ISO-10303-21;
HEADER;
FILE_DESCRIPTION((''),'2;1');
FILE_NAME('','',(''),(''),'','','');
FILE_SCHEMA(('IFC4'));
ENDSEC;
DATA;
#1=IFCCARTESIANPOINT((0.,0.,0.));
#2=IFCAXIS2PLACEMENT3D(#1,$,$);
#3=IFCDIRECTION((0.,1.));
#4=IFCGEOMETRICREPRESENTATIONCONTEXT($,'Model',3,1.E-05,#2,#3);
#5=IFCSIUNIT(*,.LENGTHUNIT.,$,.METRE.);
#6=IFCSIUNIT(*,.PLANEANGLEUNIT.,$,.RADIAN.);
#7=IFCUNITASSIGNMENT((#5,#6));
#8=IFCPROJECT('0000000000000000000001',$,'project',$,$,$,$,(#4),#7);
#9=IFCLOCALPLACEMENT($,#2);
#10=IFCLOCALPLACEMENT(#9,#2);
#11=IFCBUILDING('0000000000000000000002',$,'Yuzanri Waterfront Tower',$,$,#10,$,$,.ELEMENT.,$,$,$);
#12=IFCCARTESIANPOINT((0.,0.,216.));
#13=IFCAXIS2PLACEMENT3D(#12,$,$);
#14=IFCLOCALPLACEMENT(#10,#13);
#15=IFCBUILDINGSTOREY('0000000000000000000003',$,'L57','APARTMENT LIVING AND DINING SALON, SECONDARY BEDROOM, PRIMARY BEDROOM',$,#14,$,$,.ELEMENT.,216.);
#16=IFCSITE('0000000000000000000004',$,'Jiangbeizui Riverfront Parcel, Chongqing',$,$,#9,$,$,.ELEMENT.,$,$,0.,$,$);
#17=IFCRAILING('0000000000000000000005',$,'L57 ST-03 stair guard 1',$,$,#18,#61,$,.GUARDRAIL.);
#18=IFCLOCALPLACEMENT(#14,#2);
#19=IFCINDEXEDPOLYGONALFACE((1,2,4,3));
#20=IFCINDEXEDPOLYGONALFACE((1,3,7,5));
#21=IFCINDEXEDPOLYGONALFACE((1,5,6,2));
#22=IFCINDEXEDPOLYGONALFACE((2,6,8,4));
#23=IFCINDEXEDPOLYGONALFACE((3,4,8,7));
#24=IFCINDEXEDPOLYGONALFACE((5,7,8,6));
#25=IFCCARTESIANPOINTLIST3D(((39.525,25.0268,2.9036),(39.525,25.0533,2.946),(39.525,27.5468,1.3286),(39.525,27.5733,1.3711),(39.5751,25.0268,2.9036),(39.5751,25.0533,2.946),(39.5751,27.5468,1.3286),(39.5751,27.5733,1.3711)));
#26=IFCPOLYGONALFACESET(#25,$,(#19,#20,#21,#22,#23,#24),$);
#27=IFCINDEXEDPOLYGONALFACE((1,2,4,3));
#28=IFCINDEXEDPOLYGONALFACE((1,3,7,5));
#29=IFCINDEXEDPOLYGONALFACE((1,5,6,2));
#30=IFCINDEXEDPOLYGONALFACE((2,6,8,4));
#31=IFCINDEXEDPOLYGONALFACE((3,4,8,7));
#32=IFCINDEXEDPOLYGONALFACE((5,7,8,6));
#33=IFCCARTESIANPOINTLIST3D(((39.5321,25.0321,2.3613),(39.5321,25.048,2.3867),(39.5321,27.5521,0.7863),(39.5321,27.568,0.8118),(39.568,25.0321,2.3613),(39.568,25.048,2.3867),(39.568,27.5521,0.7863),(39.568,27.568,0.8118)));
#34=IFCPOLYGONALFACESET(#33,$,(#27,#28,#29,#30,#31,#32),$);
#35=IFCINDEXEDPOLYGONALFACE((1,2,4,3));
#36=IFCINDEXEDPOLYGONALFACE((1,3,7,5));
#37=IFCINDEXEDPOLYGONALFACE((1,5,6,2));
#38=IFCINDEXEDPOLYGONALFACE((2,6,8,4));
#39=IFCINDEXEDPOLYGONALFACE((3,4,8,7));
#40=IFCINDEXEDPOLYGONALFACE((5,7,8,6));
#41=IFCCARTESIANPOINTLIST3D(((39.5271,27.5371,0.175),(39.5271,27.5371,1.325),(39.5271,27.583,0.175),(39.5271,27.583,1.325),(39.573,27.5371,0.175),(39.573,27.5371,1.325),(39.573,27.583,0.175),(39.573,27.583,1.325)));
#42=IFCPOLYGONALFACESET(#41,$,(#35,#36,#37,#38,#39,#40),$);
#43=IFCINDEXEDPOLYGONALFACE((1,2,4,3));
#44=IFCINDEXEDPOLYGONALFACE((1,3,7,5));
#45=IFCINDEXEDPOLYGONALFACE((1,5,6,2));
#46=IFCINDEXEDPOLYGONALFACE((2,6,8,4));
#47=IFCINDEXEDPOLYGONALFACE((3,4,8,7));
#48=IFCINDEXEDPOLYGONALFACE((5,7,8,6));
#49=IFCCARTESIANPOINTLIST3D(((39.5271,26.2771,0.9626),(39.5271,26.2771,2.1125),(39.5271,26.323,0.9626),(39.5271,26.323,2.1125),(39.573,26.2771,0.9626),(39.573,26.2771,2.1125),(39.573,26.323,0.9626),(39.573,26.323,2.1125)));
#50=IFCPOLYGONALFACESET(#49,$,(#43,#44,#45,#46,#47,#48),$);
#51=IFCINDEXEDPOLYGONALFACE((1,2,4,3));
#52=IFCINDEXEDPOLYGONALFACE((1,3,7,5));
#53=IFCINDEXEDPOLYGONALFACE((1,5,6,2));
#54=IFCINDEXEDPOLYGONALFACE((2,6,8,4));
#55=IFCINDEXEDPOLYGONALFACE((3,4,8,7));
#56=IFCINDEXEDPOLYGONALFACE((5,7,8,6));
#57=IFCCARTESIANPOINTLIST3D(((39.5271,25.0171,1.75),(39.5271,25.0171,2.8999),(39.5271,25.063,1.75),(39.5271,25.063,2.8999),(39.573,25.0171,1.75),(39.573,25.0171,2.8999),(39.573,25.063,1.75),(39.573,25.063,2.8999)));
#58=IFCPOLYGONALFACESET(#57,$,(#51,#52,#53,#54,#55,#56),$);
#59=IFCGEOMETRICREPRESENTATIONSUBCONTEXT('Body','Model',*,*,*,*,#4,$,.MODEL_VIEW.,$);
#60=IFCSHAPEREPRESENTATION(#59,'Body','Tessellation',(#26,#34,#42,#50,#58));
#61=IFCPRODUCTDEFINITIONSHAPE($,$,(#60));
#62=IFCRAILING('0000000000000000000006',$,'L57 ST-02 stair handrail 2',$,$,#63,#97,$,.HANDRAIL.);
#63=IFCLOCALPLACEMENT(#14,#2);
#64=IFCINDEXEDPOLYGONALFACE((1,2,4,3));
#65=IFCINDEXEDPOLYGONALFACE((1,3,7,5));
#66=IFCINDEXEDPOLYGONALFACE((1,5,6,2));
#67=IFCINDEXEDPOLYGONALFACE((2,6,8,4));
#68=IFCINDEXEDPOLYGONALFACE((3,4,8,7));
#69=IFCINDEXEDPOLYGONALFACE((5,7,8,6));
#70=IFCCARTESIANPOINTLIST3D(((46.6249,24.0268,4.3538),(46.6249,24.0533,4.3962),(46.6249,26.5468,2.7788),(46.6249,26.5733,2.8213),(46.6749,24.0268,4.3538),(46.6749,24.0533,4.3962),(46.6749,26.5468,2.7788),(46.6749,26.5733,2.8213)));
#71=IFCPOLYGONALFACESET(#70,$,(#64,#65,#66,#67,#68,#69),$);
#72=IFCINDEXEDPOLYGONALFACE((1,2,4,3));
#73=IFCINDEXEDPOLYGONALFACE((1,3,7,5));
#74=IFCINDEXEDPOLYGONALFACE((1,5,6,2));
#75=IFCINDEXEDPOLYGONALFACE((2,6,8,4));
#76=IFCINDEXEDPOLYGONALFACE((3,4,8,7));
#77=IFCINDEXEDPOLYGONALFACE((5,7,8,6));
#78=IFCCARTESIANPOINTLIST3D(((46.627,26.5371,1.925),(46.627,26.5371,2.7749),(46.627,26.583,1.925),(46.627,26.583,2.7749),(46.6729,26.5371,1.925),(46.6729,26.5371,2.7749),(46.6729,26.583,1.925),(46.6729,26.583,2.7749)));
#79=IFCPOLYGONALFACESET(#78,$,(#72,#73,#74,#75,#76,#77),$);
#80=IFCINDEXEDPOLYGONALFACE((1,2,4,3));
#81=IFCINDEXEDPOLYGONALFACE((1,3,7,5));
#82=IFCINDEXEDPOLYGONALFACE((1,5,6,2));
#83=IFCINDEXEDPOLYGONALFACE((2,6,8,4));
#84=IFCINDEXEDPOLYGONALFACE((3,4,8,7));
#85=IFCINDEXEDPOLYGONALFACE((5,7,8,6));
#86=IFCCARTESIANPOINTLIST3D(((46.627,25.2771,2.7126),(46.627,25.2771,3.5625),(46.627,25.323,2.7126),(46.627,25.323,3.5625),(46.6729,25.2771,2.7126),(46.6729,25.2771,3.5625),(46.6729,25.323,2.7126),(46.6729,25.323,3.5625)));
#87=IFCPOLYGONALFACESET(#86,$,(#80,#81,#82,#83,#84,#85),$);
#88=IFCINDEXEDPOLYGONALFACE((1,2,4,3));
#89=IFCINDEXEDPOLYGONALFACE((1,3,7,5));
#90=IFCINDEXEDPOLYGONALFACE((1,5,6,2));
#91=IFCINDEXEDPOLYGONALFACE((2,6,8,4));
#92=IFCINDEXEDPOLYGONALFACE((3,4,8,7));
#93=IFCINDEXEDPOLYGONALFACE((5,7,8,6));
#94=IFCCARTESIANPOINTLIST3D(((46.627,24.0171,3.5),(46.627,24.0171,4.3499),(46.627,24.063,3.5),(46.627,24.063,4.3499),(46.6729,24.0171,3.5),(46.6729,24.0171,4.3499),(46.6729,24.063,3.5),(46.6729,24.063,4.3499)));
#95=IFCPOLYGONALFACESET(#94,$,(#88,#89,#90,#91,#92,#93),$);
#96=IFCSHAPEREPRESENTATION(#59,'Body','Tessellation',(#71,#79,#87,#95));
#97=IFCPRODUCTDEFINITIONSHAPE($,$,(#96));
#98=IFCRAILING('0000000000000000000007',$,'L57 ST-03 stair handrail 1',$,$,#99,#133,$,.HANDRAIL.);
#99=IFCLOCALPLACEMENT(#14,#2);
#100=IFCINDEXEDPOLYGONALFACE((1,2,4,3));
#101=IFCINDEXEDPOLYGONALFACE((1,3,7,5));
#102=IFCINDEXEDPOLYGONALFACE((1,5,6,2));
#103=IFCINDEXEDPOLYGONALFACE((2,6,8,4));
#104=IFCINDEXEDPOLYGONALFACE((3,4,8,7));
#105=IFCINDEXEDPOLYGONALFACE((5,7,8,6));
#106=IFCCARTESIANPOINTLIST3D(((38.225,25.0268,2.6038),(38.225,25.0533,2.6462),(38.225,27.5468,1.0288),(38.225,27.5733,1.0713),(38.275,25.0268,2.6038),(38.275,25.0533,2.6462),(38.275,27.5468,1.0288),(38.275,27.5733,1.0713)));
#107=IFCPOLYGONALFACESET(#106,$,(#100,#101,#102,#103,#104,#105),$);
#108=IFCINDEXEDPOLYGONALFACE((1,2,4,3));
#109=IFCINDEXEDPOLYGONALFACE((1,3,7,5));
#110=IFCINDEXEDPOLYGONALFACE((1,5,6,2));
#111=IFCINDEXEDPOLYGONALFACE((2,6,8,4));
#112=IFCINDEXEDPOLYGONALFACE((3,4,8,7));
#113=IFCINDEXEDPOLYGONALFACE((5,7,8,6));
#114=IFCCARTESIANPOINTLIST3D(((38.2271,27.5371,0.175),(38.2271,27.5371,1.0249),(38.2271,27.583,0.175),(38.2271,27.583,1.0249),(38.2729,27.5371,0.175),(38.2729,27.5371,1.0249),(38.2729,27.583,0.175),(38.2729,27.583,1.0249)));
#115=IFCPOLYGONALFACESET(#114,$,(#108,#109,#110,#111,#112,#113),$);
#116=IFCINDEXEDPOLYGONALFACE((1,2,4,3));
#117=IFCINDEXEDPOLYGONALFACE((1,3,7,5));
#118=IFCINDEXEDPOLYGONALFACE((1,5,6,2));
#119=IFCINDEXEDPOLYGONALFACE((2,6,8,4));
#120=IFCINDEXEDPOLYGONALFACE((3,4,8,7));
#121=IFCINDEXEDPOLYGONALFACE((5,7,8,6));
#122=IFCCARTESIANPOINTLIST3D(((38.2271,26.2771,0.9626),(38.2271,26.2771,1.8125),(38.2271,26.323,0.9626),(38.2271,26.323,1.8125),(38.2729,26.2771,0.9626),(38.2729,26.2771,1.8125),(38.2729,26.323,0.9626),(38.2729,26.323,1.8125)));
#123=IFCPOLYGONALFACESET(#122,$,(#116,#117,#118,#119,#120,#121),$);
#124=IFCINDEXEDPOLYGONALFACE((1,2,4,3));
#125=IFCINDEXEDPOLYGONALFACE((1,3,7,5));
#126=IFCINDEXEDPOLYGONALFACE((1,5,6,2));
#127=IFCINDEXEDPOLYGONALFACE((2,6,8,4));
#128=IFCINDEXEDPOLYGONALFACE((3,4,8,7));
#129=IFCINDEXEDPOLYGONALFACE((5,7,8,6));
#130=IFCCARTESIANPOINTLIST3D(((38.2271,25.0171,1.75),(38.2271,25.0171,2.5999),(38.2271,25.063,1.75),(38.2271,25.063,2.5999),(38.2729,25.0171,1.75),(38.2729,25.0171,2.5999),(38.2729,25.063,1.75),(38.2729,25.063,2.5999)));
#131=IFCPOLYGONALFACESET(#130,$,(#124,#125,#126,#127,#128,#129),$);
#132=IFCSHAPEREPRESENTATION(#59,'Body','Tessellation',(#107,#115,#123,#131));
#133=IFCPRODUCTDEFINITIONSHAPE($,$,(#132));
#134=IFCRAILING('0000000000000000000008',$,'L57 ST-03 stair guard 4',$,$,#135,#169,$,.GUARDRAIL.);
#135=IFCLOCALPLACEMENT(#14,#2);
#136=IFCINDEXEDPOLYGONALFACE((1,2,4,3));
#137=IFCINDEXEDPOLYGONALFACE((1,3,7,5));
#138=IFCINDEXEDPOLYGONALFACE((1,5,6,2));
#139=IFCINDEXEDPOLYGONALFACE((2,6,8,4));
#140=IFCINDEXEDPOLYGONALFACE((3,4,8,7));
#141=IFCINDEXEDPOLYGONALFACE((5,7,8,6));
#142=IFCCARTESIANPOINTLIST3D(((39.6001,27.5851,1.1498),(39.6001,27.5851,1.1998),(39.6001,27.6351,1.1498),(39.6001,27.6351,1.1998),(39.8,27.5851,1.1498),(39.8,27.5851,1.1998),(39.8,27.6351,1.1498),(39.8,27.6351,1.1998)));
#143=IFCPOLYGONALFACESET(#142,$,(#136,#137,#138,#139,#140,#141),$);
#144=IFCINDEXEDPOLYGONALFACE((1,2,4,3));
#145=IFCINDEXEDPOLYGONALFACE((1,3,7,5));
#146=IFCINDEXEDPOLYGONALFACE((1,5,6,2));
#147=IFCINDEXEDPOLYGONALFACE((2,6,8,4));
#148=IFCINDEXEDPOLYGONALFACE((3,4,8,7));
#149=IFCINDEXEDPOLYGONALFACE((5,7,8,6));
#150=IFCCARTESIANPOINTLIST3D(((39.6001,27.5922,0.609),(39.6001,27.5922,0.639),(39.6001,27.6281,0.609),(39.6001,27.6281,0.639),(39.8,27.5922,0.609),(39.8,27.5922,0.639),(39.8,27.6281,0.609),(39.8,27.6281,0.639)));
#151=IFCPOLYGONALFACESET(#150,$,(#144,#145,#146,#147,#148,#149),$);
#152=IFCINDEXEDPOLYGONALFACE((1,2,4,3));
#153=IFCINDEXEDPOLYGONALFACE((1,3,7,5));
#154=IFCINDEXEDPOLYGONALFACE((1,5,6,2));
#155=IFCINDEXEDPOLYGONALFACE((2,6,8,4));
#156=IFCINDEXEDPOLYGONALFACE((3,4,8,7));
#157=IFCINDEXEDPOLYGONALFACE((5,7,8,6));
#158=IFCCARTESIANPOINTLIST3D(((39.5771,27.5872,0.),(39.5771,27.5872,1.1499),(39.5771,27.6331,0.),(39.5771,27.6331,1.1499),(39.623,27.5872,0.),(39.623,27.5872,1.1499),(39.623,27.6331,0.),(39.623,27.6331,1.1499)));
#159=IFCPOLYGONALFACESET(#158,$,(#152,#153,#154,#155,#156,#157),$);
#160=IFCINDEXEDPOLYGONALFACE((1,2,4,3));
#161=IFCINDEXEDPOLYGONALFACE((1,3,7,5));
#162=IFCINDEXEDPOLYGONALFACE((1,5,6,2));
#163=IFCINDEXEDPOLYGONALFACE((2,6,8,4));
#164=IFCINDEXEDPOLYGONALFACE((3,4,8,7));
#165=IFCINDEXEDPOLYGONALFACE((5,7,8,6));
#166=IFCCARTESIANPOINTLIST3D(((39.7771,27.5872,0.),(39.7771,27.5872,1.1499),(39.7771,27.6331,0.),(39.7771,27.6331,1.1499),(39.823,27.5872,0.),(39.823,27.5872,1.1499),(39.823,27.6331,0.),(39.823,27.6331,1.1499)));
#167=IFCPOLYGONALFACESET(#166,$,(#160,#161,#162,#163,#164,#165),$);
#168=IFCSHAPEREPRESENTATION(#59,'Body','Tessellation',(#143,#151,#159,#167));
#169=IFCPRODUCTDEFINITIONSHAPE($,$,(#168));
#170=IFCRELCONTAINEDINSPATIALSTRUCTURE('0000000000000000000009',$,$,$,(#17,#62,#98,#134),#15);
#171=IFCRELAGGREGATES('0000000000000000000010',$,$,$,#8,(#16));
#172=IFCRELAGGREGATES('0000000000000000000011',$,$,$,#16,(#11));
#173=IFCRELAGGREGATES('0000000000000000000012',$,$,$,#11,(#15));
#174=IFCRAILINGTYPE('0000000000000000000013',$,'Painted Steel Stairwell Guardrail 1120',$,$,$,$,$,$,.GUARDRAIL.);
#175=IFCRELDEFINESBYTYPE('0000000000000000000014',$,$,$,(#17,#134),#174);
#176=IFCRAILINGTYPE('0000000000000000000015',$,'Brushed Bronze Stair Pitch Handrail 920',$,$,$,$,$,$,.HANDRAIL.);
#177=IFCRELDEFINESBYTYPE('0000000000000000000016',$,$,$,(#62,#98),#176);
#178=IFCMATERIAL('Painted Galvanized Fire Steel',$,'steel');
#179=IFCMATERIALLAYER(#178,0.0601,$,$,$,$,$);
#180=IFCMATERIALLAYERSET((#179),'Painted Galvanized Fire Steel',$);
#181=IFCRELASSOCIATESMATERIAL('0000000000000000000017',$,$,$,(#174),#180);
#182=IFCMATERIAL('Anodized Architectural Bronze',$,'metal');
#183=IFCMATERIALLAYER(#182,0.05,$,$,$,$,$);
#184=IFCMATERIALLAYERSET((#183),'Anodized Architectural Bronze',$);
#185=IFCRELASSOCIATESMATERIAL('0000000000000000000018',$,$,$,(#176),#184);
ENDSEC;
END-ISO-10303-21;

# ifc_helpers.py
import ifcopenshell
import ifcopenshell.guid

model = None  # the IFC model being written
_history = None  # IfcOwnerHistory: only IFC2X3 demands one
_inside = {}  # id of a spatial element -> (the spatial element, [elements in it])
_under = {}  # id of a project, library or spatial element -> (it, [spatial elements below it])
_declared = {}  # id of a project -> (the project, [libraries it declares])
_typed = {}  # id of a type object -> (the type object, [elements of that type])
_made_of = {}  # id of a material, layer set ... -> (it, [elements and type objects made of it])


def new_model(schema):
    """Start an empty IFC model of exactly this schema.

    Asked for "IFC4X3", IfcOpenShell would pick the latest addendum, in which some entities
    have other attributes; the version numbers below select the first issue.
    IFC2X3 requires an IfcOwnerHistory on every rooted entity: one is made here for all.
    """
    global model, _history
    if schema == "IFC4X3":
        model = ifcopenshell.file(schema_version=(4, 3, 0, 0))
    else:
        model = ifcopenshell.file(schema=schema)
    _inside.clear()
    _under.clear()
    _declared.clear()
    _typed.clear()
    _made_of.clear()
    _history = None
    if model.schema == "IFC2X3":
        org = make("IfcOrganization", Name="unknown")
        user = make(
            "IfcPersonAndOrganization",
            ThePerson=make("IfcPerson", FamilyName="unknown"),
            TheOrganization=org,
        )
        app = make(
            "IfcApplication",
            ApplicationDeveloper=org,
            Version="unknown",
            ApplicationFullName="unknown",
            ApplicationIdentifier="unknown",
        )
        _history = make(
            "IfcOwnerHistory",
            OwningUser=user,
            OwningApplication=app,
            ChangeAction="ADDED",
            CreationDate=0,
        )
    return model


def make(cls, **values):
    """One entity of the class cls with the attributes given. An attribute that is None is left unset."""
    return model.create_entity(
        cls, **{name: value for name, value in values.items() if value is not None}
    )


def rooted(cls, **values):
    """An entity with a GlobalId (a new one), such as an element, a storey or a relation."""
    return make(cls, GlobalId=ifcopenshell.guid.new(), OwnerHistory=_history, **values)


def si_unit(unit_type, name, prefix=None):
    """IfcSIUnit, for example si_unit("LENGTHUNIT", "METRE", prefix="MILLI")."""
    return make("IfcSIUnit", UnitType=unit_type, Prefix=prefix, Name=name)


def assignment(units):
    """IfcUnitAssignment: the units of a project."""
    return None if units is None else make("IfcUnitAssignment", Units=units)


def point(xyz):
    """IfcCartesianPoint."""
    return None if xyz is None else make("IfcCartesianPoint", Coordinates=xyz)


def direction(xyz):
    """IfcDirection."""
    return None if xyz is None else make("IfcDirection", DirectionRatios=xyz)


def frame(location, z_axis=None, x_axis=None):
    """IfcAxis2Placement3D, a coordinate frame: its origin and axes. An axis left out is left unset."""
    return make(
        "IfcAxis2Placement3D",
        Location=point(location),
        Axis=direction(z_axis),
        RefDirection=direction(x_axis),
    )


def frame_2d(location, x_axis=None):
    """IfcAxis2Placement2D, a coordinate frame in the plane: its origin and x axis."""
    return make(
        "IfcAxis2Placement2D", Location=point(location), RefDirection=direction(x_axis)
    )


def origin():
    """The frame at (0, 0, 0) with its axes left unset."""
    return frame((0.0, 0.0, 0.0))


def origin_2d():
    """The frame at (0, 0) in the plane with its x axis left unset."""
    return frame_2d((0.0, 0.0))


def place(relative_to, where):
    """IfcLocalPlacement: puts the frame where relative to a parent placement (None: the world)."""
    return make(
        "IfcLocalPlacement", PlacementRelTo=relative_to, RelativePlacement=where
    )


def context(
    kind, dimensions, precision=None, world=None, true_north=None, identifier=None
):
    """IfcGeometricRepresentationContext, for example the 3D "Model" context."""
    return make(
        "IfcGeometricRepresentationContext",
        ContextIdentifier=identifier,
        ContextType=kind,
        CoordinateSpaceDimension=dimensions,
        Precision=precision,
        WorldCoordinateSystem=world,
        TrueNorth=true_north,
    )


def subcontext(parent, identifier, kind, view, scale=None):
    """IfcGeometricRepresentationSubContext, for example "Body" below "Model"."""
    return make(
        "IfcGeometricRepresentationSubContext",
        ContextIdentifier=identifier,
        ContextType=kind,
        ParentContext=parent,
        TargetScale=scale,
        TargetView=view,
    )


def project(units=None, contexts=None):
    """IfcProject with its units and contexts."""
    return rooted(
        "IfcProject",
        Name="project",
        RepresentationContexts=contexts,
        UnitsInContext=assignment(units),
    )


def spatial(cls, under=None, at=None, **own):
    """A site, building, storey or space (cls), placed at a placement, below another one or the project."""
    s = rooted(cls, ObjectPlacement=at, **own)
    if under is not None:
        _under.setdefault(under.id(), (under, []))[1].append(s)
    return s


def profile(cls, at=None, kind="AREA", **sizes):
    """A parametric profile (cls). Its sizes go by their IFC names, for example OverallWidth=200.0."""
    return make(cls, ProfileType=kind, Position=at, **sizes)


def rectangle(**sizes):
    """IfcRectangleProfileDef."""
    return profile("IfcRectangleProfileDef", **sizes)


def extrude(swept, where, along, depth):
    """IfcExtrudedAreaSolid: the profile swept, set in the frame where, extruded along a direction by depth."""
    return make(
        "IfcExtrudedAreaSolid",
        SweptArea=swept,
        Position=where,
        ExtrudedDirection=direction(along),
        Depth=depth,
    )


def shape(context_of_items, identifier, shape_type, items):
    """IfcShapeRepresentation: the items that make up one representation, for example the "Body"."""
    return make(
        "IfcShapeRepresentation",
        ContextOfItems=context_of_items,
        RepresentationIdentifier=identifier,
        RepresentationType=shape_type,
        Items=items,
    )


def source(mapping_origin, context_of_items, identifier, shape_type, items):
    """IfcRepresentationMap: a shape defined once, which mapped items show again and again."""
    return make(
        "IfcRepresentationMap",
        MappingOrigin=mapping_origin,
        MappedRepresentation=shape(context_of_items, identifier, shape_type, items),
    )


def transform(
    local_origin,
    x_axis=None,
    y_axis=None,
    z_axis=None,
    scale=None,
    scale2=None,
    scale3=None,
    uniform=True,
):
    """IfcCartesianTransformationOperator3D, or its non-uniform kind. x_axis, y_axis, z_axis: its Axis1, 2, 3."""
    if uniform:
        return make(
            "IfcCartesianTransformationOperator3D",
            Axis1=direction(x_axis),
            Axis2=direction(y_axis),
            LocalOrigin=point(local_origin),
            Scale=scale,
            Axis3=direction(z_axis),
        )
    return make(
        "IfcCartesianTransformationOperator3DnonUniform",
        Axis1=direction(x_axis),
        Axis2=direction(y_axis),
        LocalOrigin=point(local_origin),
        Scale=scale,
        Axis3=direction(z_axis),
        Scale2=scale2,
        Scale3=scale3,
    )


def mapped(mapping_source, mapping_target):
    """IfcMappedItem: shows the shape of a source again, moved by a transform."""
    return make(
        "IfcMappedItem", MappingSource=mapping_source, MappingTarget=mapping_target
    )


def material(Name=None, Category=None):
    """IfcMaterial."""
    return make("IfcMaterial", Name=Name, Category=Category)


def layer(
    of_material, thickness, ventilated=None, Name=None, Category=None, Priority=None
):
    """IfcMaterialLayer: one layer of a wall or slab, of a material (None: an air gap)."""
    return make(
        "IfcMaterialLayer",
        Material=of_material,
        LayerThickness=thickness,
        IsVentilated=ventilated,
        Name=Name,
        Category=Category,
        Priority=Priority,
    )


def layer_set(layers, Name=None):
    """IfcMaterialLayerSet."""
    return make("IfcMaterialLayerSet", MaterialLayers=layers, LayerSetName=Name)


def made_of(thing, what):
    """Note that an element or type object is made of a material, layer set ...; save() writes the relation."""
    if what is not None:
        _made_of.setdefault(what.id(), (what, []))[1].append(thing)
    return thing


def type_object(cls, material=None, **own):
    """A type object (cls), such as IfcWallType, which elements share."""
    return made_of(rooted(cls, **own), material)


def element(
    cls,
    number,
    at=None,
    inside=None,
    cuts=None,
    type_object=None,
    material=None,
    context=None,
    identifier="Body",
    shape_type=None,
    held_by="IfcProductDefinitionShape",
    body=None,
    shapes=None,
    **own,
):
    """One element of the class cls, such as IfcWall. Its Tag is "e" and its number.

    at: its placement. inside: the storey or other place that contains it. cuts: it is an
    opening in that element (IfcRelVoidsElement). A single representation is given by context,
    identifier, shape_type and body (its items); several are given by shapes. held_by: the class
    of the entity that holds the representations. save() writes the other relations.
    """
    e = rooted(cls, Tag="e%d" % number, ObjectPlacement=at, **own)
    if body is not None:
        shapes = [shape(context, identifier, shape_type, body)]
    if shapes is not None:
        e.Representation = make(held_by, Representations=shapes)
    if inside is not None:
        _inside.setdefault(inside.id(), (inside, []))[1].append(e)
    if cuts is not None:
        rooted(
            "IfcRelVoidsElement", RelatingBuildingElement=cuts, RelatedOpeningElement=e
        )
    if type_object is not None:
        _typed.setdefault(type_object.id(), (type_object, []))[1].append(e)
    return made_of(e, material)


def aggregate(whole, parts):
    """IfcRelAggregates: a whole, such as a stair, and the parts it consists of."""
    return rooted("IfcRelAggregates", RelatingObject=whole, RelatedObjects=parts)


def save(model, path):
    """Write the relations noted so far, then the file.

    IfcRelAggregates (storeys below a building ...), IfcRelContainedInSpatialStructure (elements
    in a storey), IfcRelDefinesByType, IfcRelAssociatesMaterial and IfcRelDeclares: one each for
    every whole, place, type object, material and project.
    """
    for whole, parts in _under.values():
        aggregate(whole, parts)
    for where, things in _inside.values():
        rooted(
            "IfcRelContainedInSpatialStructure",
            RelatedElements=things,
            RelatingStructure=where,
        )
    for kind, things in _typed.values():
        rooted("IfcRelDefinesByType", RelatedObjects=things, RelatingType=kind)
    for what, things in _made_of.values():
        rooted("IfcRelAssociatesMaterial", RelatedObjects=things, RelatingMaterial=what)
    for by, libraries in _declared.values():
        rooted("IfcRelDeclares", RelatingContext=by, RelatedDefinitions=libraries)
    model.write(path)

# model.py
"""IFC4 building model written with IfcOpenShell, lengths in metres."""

from ifc_helpers import new_model, si_unit, direction, frame, origin, origin_2d, place, context, subcontext, project, spatial, rectangle, extrude, source, transform, mapped, material, layer, layer_set, type_object, element, save


model = new_model("IFC4")

# Units and contexts
model_context = context("Model", 3, precision=1e-05, world=origin(), true_north=direction((0.0, 1.0)))
body_context = subcontext(model_context, "Body", "Model", "MODEL_VIEW")
ifc_project = project(units=[si_unit("LENGTHUNIT", "METRE"), si_unit("PLANEANGLEUNIT", "RADIAN")], contexts=[model_context])

# Site, building, storey
site_placement = place(None, origin())
site = spatial("IfcSite", under=ifc_project, at=site_placement, Name="Jiangbeizui Riverfront Parcel, Chongqing", CompositionType="ELEMENT", RefElevation=0.0)
building_placement = place(site_placement, origin())
building = spatial("IfcBuilding", under=site, at=building_placement, Name="Yuzanri Waterfront Tower", CompositionType="ELEMENT")
storey_placement = place(building_placement, frame((0.0, 0.0, 216.0)))
storey = spatial("IfcBuildingStorey", under=building, at=storey_placement, Name="L57", Description="APARTMENT LIVING AND DINING SALON, SECONDARY BEDROOM, PRIMARY BEDROOM", CompositionType="ELEMENT", Elevation=216.0)

# Railings
ifc_material_1 = material(Name="Painted Galvanized Fire Steel", Category="steel")
ifc_layer_1 = layer(ifc_material_1, 0.0601)
ifc_layer_set_1 = layer_set([ifc_layer_1], Name="Painted Galvanized Fire Steel")
railing_type_1 = type_object("IfcRailingType", Name="Painted Steel Stairwell Guardrail 1120", PredefinedType="GUARDRAIL", material=ifc_layer_set_1)
shared_shape_1 = source(origin(), body_context, "Body", "SweptSolid", [
    extrude(rectangle(XDim=0.05, YDim=0.05, at=origin_2d()), frame((0.0, 0.0, 1.1748), z_axis=(0.0, -0.848008, 0.529984), x_axis=(1.0, 0.0, 0.0)), (0.0, 0.0, 1.0), 2.9717),
    extrude(rectangle(XDim=0.0359, YDim=0.03, at=origin_2d()), frame((0.0, 0.0, 0.624), z_axis=(0.0, -0.848008, 0.529984), x_axis=(1.0, 0.0, 0.0)), (0.0, 0.0, 1.0), 2.9717),
    extrude(rectangle(XDim=0.0459, YDim=0.0459, at=origin_2d()), origin(), (0.0, 0.0, 1.0), 1.1499),
    extrude(rectangle(XDim=0.0459, YDim=0.0459, at=origin_2d()), frame((0.0, -1.26, 0.7876)), (0.0, 0.0, 1.0), 1.1499),
    extrude(rectangle(XDim=0.0459, YDim=0.0459, at=origin_2d()), frame((0.0, -2.52, 1.575)), (0.0, 0.0, 1.0), 1.1499),
])
for number, where, name in (
    (1, (39.55, 27.5601, 0.175), "L57 ST-03 stair guard 1"),
):
    element("IfcRailing", number, at=place(storey_placement, frame(where)), inside=storey, type_object=railing_type_1, Name=name, PredefinedType="GUARDRAIL", context=body_context, shape_type="MappedRepresentation", body=[
        mapped(shared_shape_1, transform((0.0, 0.0, 0.0), scale=1.0)),
    ])
ifc_material_2 = material(Name="Anodized Architectural Bronze", Category="metal")
ifc_layer_2 = layer(ifc_material_2, 0.05)
ifc_layer_set_2 = layer_set([ifc_layer_2], Name="Anodized Architectural Bronze")
railing_type_2 = type_object("IfcRailingType", Name="Brushed Bronze Stair Pitch Handrail 920", PredefinedType="HANDRAIL", material=ifc_layer_set_2)
shared_shape_2 = source(origin(), body_context, "Body", "SweptSolid", [
    extrude(rectangle(XDim=0.05, YDim=0.05, at=origin_2d()), frame((0.0, 0.0, 0.875), z_axis=(0.0, -0.848008, 0.529984), x_axis=(1.0, 0.0, 0.0)), (0.0, 0.0, 1.0), 2.9717),
    extrude(rectangle(XDim=0.0459, YDim=0.0459, at=origin_2d()), origin(), (0.0, 0.0, 1.0), 0.8499),
    extrude(rectangle(XDim=0.0459, YDim=0.0459, at=origin_2d()), frame((0.0, -1.26, 0.7876)), (0.0, 0.0, 1.0), 0.8499),
    extrude(rectangle(XDim=0.0459, YDim=0.0459, at=origin_2d()), frame((0.0, -2.52, 1.575)), (0.0, 0.0, 1.0), 0.8499),
])
for number, where, name in (
    (2, (46.6499, 26.5601, 1.925), "L57 ST-02 stair handrail 2"),
    (3, (38.25, 27.5601, 0.175), "L57 ST-03 stair handrail 1"),
):
    element("IfcRailing", number, at=place(storey_placement, frame(where)), inside=storey, type_object=railing_type_2, Name=name, PredefinedType="HANDRAIL", context=body_context, shape_type="MappedRepresentation", body=[
        mapped(shared_shape_2, transform((0.0, 0.0, 0.0), scale=1.0)),
    ])
shared_shape_3 = source(origin(), body_context, "Body", "SweptSolid", [
    extrude(rectangle(XDim=0.05, YDim=0.05, at=origin_2d()), frame((0.0, 0.0, 1.1748), z_axis=(1.0, 0.0, 0.0), x_axis=(0.0, 1.0, 0.0)), (0.0, 0.0, 1.0), 0.2),
    extrude(rectangle(XDim=0.0359, YDim=0.03, at=origin_2d()), frame((0.0, 0.0, 0.624), z_axis=(1.0, 0.0, 0.0), x_axis=(0.0, 1.0, 0.0)), (0.0, 0.0, 1.0), 0.2),
    extrude(rectangle(XDim=0.0459, YDim=0.0459, at=origin_2d()), origin(), (0.0, 0.0, 1.0), 1.1499),
    extrude(rectangle(XDim=0.0459, YDim=0.0459, at=origin_2d()), frame((0.2, 0.0, 0.0)), (0.0, 0.0, 1.0), 1.1499),
])
railing_1_placement = place(storey_placement, frame((39.6001, 27.6101, 0.0)))
element("IfcRailing", 4, at=railing_1_placement, inside=storey, type_object=railing_type_1, Name="L57 ST-03 stair guard 4", PredefinedType="GUARDRAIL", context=body_context, shape_type="MappedRepresentation", body=[
    mapped(shared_shape_3, transform((0.0, 0.0, 0.0), scale=1.0)),
])

save(model, "model.ifc")
